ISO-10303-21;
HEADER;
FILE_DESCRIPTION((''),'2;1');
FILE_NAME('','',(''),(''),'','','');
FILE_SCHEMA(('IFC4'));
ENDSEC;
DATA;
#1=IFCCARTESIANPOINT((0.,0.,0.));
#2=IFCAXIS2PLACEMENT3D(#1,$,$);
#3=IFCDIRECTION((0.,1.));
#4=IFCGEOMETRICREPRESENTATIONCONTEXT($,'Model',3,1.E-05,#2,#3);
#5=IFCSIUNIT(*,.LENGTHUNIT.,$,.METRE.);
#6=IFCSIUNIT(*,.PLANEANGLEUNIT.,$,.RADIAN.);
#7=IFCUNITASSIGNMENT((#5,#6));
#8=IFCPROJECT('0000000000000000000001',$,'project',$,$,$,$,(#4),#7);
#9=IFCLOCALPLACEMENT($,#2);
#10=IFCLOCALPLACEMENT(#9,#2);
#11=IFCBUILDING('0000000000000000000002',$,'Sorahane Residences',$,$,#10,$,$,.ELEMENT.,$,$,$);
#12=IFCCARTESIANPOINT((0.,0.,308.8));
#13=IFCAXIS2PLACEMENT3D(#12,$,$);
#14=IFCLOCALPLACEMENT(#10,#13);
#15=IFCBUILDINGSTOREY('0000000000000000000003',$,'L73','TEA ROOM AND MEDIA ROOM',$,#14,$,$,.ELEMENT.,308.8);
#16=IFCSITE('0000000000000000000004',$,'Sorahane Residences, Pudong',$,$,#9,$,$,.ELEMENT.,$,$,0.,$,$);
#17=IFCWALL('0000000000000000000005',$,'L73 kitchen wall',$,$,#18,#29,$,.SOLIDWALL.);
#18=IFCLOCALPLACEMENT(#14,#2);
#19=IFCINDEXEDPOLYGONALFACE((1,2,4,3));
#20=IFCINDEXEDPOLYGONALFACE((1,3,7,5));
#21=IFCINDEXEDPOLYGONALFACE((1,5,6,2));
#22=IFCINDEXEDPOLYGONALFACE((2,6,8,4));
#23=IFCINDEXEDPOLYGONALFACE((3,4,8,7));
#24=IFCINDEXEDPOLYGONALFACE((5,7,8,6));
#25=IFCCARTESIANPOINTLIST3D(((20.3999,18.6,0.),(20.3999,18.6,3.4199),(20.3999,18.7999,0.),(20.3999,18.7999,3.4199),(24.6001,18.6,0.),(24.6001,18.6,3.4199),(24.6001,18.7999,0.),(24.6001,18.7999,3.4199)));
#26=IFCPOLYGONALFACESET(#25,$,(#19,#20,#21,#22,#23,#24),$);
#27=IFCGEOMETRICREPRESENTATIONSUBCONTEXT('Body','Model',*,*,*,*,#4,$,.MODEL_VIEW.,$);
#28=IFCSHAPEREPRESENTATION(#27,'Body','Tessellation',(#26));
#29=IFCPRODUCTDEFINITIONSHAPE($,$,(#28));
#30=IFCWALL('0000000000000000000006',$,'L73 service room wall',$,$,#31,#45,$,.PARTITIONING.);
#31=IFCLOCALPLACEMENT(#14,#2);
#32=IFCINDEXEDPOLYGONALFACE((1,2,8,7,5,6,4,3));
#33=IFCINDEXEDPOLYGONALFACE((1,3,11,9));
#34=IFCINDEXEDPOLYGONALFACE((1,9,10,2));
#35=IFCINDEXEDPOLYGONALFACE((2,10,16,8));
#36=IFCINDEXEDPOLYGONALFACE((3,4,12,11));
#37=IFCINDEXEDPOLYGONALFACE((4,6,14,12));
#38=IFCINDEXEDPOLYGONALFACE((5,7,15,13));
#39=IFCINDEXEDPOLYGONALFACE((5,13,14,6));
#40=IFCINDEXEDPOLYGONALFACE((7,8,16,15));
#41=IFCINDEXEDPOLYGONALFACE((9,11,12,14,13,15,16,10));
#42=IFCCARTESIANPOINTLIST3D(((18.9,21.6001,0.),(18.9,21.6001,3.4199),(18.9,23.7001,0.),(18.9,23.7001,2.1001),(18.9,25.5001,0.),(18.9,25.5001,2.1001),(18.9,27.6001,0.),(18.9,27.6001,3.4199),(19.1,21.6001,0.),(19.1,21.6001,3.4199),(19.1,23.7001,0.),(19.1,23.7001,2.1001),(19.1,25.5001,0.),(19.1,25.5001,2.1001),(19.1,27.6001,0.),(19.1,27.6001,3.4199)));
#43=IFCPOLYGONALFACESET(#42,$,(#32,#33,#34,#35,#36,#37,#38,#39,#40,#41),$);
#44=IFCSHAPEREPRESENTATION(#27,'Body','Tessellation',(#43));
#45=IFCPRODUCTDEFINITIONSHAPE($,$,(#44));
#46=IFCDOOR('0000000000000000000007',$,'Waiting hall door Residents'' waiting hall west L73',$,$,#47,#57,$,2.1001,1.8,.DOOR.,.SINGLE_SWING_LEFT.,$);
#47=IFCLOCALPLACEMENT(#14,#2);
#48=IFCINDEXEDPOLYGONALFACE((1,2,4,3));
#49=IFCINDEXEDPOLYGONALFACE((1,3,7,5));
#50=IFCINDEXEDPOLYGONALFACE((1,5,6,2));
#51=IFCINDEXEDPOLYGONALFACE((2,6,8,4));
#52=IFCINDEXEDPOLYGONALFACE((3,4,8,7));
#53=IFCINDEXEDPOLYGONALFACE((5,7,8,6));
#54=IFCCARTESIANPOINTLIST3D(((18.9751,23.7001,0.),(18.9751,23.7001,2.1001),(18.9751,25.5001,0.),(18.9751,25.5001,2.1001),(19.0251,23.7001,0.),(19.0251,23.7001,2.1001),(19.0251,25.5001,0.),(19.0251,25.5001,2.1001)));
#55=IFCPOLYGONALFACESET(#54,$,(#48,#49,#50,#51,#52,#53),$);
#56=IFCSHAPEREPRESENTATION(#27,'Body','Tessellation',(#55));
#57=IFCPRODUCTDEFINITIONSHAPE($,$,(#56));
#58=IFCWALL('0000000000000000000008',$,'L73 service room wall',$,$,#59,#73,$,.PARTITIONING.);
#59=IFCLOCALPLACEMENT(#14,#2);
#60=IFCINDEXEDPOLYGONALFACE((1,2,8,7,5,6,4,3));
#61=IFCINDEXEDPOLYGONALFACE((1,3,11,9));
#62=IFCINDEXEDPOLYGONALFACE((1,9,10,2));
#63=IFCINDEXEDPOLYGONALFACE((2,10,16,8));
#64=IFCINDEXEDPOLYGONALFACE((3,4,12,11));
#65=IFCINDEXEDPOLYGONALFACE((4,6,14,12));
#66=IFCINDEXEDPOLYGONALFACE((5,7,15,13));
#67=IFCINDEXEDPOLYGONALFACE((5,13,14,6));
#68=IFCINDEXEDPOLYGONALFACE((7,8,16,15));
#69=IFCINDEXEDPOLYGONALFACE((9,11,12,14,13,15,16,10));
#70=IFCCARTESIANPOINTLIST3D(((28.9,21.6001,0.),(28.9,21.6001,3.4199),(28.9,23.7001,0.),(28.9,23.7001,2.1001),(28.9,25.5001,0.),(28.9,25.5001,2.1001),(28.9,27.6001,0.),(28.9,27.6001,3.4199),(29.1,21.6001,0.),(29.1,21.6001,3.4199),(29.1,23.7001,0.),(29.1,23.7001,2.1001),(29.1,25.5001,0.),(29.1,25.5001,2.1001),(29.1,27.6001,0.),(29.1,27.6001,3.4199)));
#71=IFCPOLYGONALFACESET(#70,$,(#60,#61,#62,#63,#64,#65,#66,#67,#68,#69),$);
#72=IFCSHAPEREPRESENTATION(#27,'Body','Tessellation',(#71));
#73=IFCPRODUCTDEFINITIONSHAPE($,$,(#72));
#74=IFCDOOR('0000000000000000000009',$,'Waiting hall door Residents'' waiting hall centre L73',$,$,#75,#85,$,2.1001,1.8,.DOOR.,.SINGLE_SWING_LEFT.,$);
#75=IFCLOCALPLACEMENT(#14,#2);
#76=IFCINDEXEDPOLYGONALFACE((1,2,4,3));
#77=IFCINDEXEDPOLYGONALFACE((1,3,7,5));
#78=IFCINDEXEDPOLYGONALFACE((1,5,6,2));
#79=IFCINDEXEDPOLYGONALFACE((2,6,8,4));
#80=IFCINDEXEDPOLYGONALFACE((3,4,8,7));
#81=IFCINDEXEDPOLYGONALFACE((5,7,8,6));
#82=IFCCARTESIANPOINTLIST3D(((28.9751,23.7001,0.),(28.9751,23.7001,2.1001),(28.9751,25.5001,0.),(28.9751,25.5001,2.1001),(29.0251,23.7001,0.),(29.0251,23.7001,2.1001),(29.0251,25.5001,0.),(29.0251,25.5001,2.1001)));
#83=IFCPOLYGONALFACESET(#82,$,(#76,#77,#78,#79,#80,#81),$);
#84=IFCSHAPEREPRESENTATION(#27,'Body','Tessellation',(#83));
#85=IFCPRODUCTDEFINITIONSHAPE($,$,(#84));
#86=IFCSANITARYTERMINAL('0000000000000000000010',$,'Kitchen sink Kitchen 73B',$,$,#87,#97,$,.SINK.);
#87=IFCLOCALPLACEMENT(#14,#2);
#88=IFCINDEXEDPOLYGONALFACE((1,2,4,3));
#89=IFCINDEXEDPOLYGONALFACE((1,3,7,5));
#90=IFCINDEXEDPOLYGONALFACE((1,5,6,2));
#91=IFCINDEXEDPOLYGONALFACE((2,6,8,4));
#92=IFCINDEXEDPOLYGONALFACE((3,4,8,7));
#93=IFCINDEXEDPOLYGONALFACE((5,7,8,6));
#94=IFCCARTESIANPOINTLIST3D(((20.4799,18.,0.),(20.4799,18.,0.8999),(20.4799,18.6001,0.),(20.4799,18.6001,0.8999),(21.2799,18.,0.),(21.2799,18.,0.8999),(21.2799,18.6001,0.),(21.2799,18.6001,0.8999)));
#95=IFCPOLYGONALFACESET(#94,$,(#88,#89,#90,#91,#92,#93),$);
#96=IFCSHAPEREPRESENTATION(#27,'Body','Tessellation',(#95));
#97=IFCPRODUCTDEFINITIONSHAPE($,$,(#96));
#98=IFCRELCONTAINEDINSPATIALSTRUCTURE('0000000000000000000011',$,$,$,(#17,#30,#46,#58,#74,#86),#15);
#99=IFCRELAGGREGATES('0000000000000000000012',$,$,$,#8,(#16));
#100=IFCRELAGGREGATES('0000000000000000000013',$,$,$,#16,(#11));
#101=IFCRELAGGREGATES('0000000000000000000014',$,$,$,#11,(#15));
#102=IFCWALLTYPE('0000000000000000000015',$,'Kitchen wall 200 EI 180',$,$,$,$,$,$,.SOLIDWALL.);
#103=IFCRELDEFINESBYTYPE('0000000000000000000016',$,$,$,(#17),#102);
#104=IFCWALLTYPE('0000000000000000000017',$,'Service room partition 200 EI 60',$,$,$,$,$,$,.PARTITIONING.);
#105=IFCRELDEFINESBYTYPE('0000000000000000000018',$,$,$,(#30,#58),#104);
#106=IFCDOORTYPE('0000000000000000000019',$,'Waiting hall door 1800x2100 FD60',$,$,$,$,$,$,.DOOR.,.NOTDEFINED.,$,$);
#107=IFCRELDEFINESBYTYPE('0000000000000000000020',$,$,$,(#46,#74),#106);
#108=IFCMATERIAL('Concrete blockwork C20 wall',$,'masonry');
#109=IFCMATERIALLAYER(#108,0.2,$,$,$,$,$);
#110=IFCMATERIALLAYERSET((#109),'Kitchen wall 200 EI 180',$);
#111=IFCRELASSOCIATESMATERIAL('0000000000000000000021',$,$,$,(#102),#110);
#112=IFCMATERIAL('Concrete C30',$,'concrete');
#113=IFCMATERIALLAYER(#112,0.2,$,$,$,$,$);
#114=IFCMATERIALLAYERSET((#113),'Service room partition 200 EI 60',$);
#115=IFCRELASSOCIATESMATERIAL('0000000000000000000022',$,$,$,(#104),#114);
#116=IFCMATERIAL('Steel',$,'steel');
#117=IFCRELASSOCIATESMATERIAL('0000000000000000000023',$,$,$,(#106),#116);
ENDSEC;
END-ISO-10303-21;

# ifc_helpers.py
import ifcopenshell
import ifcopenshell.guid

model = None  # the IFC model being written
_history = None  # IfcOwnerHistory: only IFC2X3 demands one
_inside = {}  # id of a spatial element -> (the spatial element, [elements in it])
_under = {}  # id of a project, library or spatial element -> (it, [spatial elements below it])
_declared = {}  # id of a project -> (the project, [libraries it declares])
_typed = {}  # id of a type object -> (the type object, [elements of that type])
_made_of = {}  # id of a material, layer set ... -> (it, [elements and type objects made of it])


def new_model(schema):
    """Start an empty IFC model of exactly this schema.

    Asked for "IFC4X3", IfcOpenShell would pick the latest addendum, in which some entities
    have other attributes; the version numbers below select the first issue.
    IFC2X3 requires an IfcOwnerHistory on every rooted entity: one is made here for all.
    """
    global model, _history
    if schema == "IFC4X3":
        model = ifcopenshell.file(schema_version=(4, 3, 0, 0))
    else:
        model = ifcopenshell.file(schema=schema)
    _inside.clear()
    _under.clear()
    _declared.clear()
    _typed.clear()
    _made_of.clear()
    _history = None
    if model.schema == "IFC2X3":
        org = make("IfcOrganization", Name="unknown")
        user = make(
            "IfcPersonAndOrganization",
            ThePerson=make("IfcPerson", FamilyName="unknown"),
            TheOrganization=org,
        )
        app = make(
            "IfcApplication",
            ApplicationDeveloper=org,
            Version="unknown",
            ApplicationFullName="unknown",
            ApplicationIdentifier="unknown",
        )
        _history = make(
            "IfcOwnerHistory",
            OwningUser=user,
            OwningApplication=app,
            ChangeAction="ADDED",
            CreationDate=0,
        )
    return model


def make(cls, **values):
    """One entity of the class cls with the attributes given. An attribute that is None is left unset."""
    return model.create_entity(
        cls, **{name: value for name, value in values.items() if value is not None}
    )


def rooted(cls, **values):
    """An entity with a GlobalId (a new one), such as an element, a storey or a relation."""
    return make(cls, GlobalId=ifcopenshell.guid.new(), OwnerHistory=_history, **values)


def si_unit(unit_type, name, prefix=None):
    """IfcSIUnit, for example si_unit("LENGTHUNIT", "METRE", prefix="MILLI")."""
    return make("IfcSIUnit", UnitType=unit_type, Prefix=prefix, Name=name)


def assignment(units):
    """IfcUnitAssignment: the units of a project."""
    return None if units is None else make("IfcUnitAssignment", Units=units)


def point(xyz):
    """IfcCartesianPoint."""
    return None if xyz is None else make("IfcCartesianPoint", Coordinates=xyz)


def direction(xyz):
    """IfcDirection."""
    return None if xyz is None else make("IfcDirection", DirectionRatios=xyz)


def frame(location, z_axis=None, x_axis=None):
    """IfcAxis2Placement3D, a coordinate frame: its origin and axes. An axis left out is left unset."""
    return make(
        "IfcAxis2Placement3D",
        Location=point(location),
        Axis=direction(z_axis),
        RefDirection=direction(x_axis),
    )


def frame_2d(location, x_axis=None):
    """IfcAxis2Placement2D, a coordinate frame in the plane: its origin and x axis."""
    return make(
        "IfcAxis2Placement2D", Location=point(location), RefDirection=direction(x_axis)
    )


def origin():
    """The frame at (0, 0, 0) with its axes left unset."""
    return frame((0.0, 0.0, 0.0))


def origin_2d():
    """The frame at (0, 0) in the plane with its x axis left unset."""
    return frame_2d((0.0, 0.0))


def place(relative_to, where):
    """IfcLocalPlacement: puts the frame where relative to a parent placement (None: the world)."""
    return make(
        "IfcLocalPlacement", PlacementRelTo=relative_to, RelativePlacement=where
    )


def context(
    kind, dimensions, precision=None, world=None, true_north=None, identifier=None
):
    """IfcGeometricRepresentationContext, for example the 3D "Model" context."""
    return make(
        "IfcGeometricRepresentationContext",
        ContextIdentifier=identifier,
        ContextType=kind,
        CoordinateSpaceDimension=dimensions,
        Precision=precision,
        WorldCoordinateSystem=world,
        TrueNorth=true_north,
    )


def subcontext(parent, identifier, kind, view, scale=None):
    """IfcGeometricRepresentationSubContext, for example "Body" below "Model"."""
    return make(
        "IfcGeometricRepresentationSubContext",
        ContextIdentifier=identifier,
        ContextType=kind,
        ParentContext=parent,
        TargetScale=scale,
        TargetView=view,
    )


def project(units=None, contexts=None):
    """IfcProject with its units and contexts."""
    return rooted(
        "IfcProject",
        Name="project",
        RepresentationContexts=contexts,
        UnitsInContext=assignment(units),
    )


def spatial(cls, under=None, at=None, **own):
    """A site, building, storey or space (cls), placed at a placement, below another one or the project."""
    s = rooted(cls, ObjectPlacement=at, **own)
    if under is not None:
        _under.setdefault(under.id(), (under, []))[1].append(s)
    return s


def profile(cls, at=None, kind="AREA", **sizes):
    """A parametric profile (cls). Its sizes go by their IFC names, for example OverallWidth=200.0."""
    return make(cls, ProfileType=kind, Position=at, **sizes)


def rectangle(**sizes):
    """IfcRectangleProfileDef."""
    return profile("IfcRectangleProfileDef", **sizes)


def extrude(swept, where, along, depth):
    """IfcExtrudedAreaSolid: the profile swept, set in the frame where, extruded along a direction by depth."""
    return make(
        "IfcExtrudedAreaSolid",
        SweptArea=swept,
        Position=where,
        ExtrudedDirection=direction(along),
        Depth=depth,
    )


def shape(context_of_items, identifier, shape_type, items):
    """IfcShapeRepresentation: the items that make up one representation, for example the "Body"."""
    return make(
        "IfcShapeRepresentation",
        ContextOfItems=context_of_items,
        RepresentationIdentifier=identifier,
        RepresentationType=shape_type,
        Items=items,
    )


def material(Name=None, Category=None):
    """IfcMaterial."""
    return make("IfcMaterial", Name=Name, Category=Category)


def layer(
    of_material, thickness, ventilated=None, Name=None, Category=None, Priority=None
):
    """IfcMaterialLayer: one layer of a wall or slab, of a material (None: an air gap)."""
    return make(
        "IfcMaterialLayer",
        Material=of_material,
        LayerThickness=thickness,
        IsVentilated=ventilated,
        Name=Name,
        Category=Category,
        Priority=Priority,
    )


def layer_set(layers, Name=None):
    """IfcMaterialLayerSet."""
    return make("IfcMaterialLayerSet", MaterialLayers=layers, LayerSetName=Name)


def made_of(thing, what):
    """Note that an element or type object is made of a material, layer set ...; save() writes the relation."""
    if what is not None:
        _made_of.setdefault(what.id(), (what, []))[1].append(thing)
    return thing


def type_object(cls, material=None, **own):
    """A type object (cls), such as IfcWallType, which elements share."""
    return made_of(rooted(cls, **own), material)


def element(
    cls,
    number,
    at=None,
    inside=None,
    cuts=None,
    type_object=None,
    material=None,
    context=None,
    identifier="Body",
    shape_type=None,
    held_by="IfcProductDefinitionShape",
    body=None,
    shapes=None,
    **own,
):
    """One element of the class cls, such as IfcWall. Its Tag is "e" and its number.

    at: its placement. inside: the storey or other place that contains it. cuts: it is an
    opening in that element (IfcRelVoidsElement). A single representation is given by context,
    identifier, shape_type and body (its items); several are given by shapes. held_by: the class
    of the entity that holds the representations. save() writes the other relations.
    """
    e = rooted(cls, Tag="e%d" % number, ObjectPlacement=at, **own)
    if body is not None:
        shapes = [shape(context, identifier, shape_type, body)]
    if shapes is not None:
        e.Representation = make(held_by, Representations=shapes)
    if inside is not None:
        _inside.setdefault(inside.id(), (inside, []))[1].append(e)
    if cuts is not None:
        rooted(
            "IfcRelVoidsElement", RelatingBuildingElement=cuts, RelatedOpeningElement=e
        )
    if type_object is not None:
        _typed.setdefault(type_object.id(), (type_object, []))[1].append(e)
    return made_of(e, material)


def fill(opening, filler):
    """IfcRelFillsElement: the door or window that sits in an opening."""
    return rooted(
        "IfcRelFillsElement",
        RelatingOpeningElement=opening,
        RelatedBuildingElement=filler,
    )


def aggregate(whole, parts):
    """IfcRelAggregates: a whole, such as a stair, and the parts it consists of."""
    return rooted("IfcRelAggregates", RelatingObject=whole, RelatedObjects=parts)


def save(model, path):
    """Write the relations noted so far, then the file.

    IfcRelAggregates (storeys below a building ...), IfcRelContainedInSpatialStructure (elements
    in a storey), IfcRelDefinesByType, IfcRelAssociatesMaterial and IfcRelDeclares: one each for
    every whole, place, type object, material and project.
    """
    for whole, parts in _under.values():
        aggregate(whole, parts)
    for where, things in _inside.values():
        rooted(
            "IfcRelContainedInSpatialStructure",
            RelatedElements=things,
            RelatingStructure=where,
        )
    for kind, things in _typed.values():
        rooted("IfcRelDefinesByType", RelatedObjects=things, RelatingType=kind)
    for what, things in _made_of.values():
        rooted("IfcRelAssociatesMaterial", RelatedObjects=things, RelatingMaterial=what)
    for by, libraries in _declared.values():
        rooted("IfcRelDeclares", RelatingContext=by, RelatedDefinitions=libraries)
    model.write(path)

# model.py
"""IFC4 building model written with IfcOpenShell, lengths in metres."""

from ifc_helpers import new_model, si_unit, direction, frame, frame_2d, origin, origin_2d, place, context, subcontext, project, spatial, rectangle, extrude, material, layer, layer_set, type_object, element, fill, save


model = new_model("IFC4")

# Units and contexts
model_context = context("Model", 3, precision=1e-05, world=origin(), true_north=direction((0.0, 1.0)))
body_context = subcontext(model_context, "Body", "Model", "MODEL_VIEW")
ifc_project = project(units=[si_unit("LENGTHUNIT", "METRE"), si_unit("PLANEANGLEUNIT", "RADIAN")], contexts=[model_context])

# Site, building, storey
site_placement = place(None, origin())
site = spatial("IfcSite", under=ifc_project, at=site_placement, Name="Sorahane Residences, Pudong", CompositionType="ELEMENT", RefElevation=0.0)
building_placement = place(site_placement, origin())
building = spatial("IfcBuilding", under=site, at=building_placement, Name="Sorahane Residences", CompositionType="ELEMENT")
storey_placement = place(building_placement, frame((0.0, 0.0, 308.8)))
storey = spatial("IfcBuildingStorey", under=building, at=storey_placement, Name="L73", Description="TEA ROOM AND MEDIA ROOM", CompositionType="ELEMENT", Elevation=308.8)

# Wall
ifc_material_1 = material(Name="Concrete blockwork C20 wall", Category="masonry")
ifc_layer_1 = layer(ifc_material_1, 0.2)
ifc_layer_set_1 = layer_set([ifc_layer_1], Name="Kitchen wall 200 EI 180")
wall_type_1 = type_object("IfcWallType", Name="Kitchen wall 200 EI 180", PredefinedType="SOLIDWALL", material=ifc_layer_set_1)
wall_1_placement = place(storey_placement, frame((20.3999, 18.7, 0.0), z_axis=(0.0, 0.0, 1.0), x_axis=(1.0, 0.0, 0.0)))
element("IfcWall", 1, at=wall_1_placement, inside=storey, type_object=wall_type_1, Name="L73 kitchen wall", PredefinedType="SOLIDWALL", context=body_context, shape_type="SweptSolid", body=[
    extrude(rectangle(XDim=4.2002, YDim=0.2, at=frame_2d((2.1001, 0.0))), origin(), (0.0, 0.0, 1.0), 3.4199),
])

# Walls, openings, doors
ifc_material_2 = material(Name="Concrete C30", Category="concrete")
ifc_layer_2 = layer(ifc_material_2, 0.2)
ifc_layer_set_2 = layer_set([ifc_layer_2], Name="Service room partition 200 EI 60")
wall_type_2 = type_object("IfcWallType", Name="Service room partition 200 EI 60", PredefinedType="PARTITIONING", material=ifc_layer_set_2)
wall_2_placement = place(storey_placement, frame((19.0, 21.6001, 0.0), z_axis=(0.0, 0.0, 1.0), x_axis=(0.0, 1.0, 0.0)))
wall_2 = element("IfcWall", 2, at=wall_2_placement, inside=storey, type_object=wall_type_2, Name="L73 service room wall", PredefinedType="PARTITIONING", context=body_context, shape_type="SweptSolid", body=[
    extrude(rectangle(XDim=6.0, YDim=0.2, at=frame_2d((3.0, 0.0))), origin(), (0.0, 0.0, 1.0), 3.4199),
])
opening_1_placement = place(wall_2_placement, frame((2.1001, 0.0, 0.0)))
opening_1 = element("IfcOpeningElement", 3, at=opening_1_placement, cuts=wall_2, PredefinedType="OPENING", context=body_context, shape_type="SweptSolid", body=[
    extrude(rectangle(XDim=1.8, YDim=2.1001, at=frame_2d((0.8999, 1.05))), frame((0.0, 0.1099, 0.0), z_axis=(0.0, -1.0, 0.0), x_axis=(1.0, 0.0, 0.0)), (0.0, 0.0, 1.0), 0.22),
])
ifc_material_3 = material(Name="Steel", Category="steel")
door_type = type_object("IfcDoorType", Name="Waiting hall door 1800x2100 FD60", OperationType="NOTDEFINED", PredefinedType="DOOR", material=ifc_material_3)
door_1_placement = place(opening_1_placement, origin())
door_1 = element("IfcDoor", 4, at=door_1_placement, inside=storey, type_object=door_type, Name="Waiting hall door Residents' waiting hall west L73", OperationType="SINGLE_SWING_LEFT", OverallHeight=2.1001, OverallWidth=1.8, PredefinedType="DOOR", context=body_context, shape_type="SweptSolid", body=[
    extrude(rectangle(XDim=1.8, YDim=2.1001, at=frame_2d((0.8999, 1.05))), frame((0.0, 0.0249, 0.0), z_axis=(0.0, -1.0, 0.0), x_axis=(1.0, 0.0, 0.0)), (0.0, 0.0, 1.0), 0.05),
])
fill(opening_1, door_1)
wall_3_placement = place(storey_placement, frame((29.0, 21.6001, 0.0), z_axis=(0.0, 0.0, 1.0), x_axis=(0.0, 1.0, 0.0)))
wall_3 = element("IfcWall", 5, at=wall_3_placement, inside=storey, type_object=wall_type_2, Name="L73 service room wall", PredefinedType="PARTITIONING", context=body_context, shape_type="SweptSolid", body=[
    extrude(rectangle(XDim=6.0, YDim=0.2, at=frame_2d((3.0, 0.0))), origin(), (0.0, 0.0, 1.0), 3.4199),
])
opening_2_placement = place(wall_3_placement, frame((2.1001, 0.0, 0.0)))
opening_2 = element("IfcOpeningElement", 6, at=opening_2_placement, cuts=wall_3, PredefinedType="OPENING", context=body_context, shape_type="SweptSolid", body=[
    extrude(rectangle(XDim=1.8, YDim=2.1001, at=frame_2d((0.8999, 1.05))), frame((0.0, 0.1099, 0.0), z_axis=(0.0, -1.0, 0.0), x_axis=(1.0, 0.0, 0.0)), (0.0, 0.0, 1.0), 0.22),
])
door_2_placement = place(opening_2_placement, origin())
door_2 = element("IfcDoor", 7, at=door_2_placement, inside=storey, type_object=door_type, Name="Waiting hall door Residents' waiting hall centre L73", OperationType="SINGLE_SWING_LEFT", OverallHeight=2.1001, OverallWidth=1.8, PredefinedType="DOOR", context=body_context, shape_type="SweptSolid", body=[
    extrude(rectangle(XDim=1.8, YDim=2.1001, at=frame_2d((0.8999, 1.05))), frame((0.0, 0.0249, 0.0), z_axis=(0.0, -1.0, 0.0), x_axis=(1.0, 0.0, 0.0)), (0.0, 0.0, 1.0), 0.05),
])
fill(opening_2, door_2)

# Sanitary terminal
sanitary_terminal_placement = place(storey_placement, frame((20.8799, 18.3, 0.0), z_axis=(0.0, 0.0, 1.0), x_axis=(1.0, 0.0, 0.0)))
element("IfcSanitaryTerminal", 8, at=sanitary_terminal_placement, inside=storey, Name="Kitchen sink Kitchen 73B", PredefinedType="SINK", context=body_context, shape_type="SweptSolid", body=[
    extrude(rectangle(XDim=0.8, YDim=0.6001, at=origin_2d()), origin(), (0.0, 0.0, 1.0), 0.8999),
])

save(model, "model.ifc")
